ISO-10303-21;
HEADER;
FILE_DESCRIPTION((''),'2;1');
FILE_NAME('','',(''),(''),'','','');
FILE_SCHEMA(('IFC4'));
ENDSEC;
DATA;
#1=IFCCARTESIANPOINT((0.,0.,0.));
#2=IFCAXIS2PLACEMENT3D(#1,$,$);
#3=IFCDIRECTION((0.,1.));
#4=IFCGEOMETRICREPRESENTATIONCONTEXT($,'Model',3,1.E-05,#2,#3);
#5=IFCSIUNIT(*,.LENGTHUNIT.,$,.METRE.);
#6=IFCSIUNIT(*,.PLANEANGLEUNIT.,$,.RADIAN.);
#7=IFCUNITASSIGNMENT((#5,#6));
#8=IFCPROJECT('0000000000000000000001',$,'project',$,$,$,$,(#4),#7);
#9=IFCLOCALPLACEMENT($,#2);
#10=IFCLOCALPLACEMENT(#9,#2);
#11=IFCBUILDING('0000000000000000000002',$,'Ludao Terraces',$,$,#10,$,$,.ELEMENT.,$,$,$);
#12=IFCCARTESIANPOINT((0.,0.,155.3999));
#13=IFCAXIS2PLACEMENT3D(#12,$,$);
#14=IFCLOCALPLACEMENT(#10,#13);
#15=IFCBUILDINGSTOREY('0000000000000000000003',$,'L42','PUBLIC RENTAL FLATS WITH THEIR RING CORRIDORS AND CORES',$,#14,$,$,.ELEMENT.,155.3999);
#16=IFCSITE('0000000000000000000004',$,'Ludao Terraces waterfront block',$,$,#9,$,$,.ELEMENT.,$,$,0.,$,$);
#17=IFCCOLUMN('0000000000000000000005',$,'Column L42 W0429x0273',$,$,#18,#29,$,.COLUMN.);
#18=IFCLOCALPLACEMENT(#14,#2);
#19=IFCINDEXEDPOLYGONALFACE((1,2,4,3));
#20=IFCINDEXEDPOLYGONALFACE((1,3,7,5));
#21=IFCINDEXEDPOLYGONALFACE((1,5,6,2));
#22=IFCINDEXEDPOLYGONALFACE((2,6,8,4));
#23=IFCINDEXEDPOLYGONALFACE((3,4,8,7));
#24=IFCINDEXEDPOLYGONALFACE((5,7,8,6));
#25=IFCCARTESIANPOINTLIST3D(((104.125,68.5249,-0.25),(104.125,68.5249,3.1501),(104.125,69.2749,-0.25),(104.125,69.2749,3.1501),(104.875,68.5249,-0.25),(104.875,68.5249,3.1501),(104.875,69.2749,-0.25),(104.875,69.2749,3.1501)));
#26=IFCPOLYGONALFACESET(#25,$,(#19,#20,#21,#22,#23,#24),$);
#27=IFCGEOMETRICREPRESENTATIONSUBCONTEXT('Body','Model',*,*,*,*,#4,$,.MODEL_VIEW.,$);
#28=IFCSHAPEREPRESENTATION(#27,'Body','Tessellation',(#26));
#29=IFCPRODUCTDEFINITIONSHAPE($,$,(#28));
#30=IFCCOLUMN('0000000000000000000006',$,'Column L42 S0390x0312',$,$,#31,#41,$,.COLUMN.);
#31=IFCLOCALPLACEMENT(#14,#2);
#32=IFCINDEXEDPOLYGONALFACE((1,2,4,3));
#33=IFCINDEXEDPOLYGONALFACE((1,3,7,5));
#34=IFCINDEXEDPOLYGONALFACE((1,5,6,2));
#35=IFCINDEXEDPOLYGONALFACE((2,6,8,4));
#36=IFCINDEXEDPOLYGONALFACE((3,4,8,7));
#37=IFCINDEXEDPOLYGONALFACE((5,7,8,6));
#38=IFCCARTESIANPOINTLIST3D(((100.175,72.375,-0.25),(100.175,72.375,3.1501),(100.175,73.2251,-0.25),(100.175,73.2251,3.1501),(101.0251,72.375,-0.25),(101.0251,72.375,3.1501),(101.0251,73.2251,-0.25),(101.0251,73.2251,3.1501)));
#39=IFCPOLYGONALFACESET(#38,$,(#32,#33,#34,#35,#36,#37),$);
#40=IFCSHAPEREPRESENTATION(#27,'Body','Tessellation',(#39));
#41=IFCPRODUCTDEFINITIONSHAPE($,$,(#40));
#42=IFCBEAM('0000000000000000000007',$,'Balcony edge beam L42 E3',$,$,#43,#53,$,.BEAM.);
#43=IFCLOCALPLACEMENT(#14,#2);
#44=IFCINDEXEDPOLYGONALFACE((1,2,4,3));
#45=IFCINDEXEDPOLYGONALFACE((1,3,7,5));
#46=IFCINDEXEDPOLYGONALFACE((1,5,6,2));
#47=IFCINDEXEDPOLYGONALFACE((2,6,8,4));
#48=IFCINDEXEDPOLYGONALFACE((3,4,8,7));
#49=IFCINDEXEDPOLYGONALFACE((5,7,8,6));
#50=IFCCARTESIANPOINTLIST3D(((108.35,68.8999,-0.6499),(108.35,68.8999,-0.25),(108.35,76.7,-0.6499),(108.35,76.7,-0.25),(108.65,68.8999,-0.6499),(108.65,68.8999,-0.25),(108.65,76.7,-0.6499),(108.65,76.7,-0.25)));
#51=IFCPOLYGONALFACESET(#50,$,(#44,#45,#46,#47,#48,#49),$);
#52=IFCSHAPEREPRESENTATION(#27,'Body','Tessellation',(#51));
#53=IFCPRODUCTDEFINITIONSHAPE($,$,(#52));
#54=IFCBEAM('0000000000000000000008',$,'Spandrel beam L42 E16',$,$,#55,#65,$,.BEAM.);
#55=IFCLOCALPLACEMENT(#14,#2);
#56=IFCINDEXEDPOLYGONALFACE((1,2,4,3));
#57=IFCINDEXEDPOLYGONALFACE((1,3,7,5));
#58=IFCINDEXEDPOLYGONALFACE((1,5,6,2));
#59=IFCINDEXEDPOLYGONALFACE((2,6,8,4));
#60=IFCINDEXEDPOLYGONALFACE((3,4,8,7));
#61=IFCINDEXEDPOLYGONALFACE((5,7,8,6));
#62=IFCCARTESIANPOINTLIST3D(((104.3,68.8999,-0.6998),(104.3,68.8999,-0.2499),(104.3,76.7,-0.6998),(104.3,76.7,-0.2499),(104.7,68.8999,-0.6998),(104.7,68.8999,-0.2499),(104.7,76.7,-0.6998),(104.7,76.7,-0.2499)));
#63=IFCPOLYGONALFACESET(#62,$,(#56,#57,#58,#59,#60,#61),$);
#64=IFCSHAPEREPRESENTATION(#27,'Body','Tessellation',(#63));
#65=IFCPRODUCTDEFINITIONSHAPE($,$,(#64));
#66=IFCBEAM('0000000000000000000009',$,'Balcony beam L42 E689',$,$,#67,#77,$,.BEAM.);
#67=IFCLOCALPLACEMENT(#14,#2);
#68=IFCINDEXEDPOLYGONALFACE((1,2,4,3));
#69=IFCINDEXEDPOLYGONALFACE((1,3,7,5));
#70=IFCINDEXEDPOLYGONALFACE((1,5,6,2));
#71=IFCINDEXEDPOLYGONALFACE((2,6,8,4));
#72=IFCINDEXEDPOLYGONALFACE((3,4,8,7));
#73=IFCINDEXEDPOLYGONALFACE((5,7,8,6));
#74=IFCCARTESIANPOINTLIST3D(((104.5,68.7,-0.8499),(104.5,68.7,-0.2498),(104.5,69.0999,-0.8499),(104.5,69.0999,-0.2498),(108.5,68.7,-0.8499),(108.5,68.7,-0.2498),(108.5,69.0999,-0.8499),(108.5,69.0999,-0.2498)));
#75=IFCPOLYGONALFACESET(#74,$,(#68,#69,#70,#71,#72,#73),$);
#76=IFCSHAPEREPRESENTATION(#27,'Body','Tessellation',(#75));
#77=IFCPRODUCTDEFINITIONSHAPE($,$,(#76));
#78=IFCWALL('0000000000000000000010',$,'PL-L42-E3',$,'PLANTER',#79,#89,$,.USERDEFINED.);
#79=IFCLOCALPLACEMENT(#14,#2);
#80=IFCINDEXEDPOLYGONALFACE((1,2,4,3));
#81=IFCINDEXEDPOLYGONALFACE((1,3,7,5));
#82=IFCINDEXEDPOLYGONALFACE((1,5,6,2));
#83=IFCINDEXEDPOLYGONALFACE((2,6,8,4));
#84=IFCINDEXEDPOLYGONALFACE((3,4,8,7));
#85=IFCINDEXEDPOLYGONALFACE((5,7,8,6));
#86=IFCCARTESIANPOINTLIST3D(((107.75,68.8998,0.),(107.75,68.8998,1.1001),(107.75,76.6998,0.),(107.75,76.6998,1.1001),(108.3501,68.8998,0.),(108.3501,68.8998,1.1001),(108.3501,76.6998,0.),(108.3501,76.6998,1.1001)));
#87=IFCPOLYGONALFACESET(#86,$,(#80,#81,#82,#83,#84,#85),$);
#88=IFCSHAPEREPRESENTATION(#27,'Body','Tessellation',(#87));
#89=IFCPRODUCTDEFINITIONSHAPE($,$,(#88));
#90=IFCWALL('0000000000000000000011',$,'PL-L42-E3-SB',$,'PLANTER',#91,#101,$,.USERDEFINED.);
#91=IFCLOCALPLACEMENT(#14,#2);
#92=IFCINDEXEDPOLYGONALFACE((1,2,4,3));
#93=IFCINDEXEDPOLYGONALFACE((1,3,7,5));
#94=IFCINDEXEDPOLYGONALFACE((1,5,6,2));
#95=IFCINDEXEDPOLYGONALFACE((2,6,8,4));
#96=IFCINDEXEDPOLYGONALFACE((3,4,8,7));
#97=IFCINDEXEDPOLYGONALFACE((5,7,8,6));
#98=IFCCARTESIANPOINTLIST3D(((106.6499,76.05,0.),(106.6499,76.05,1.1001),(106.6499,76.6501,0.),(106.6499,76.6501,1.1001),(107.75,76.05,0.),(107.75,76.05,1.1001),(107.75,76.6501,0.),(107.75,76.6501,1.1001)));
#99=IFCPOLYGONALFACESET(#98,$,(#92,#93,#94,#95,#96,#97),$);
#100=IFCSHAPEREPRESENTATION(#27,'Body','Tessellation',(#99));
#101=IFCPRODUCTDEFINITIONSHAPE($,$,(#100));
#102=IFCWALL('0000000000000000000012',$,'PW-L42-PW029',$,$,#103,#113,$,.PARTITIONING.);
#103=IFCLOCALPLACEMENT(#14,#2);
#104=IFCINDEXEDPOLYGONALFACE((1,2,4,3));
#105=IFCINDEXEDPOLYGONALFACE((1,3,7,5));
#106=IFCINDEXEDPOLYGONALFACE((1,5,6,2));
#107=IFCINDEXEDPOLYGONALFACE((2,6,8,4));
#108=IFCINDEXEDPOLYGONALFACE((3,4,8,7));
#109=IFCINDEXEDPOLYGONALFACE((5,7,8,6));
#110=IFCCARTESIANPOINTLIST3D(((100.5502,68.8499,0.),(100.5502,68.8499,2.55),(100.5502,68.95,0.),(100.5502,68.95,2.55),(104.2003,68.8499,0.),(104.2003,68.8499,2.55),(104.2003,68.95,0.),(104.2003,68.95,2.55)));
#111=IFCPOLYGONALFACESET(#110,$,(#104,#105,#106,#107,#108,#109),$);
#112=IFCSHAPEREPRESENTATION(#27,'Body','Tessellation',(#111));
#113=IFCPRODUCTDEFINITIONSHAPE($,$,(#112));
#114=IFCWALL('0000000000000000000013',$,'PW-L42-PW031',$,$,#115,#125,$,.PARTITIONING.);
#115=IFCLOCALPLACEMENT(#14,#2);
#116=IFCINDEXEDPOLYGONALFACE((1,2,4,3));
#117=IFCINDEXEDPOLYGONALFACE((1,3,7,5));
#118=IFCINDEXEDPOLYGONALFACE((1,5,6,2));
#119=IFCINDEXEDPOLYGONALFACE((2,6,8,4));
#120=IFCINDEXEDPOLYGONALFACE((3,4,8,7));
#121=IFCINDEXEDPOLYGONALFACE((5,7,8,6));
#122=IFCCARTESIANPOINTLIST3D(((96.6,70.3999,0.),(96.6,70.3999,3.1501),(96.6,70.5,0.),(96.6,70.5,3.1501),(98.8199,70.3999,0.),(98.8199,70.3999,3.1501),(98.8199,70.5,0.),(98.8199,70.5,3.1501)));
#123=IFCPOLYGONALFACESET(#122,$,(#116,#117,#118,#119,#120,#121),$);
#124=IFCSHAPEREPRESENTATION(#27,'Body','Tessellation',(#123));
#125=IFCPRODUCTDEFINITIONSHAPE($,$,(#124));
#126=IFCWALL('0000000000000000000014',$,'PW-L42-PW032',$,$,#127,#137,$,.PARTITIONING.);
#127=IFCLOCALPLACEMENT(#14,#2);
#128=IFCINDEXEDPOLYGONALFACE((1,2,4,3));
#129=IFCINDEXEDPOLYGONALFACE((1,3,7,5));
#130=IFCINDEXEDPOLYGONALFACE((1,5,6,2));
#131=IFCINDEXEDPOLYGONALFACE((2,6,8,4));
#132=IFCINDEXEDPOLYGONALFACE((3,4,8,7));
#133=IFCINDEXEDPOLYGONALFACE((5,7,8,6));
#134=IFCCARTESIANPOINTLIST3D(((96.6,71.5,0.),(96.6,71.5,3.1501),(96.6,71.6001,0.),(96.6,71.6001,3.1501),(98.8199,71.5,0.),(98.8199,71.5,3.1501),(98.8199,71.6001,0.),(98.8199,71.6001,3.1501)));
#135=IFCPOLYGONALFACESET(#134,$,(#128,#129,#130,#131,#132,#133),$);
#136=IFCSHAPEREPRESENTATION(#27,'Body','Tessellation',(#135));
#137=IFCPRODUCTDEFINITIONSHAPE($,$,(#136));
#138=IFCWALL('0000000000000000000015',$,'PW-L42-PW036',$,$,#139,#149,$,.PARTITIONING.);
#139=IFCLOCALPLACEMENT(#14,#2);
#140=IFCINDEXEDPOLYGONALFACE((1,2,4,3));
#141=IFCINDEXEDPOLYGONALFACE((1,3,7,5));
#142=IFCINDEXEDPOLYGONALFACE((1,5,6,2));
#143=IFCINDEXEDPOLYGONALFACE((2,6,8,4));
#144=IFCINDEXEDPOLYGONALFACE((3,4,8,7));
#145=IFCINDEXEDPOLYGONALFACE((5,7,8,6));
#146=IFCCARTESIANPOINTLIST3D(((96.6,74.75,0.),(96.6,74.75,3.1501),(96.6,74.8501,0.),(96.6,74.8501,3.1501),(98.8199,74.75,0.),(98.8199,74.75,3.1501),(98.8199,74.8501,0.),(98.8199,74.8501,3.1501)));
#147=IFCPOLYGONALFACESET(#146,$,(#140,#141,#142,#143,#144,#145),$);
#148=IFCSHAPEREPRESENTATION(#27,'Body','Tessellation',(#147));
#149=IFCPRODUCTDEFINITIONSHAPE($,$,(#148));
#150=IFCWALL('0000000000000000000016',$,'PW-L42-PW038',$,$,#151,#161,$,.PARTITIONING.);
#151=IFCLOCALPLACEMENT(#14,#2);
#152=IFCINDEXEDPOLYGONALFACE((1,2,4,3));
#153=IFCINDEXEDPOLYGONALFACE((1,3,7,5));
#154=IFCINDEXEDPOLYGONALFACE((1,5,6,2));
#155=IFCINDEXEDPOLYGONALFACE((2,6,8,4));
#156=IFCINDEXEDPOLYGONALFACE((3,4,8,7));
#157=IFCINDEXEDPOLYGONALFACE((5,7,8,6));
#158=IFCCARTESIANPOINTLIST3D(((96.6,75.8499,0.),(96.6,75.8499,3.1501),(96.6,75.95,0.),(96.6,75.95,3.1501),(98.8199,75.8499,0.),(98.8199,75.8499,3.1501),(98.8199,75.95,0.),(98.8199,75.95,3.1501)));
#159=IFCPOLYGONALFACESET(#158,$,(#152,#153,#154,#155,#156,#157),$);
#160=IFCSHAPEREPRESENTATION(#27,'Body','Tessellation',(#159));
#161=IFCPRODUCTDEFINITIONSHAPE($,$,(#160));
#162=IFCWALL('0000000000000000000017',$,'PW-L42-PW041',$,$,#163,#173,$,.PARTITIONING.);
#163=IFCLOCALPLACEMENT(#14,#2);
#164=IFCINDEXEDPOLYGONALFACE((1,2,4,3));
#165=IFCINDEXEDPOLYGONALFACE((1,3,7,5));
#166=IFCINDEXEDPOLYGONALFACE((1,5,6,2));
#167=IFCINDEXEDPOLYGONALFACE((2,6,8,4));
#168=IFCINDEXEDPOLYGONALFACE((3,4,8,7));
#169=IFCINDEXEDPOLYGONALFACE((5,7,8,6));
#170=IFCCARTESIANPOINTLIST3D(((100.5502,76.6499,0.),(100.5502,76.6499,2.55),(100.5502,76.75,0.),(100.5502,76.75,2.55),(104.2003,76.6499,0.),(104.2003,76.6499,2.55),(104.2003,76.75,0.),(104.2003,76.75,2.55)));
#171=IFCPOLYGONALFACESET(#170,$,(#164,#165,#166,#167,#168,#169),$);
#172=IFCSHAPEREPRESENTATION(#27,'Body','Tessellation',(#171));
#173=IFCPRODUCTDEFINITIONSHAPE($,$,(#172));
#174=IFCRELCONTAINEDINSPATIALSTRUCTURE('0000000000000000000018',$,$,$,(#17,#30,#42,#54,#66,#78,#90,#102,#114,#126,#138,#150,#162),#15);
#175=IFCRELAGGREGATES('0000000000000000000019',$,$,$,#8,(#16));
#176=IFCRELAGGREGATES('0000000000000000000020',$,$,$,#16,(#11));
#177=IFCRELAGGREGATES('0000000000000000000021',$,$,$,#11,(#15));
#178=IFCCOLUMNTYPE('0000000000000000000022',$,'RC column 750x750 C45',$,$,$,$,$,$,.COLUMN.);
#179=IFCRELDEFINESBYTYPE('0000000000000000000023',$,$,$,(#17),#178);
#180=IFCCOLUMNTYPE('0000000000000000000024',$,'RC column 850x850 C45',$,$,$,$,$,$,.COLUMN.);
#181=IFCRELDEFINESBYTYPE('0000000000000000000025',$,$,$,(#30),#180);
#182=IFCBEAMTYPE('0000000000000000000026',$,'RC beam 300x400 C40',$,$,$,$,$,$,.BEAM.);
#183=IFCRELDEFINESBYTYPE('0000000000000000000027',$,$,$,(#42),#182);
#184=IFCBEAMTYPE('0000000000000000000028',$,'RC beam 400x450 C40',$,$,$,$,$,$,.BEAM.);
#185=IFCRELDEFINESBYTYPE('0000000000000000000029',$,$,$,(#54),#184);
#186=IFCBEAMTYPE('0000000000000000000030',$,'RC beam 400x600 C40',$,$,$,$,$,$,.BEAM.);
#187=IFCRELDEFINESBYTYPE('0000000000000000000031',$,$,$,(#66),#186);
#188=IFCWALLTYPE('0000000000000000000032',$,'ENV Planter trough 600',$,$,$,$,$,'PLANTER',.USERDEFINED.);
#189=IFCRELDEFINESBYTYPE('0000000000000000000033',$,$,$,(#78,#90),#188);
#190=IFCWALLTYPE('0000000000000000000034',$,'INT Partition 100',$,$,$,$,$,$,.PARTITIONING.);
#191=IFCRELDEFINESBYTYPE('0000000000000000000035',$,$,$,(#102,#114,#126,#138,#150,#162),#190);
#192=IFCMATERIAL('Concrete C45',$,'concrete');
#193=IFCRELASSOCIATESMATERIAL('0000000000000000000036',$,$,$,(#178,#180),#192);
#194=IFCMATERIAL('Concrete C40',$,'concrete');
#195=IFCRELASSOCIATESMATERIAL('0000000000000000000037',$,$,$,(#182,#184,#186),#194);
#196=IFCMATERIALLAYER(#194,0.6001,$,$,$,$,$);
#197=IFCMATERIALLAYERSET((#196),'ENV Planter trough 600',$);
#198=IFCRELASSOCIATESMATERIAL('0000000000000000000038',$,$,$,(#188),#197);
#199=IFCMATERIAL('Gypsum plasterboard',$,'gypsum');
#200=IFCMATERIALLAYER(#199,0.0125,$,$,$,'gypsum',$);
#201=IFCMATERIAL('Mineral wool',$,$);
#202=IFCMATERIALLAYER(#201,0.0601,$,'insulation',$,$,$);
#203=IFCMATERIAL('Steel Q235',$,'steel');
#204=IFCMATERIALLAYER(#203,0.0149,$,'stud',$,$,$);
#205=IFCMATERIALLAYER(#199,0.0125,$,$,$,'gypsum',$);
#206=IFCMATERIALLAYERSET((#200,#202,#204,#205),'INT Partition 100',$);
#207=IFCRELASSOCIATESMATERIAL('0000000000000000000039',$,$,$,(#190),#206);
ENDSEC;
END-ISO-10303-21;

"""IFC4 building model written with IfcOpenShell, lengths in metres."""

from ifc_helpers import new_model, si_unit, direction, frame, frame_2d, origin, origin_2d, place, context, subcontext, project, spatial, rectangle, extrude, material, layer, layer_set, material_profile, profile_set, type_object, element, save


model = new_model("IFC4")

# Units and contexts
model_context = context("Model", 3, precision=1e-05, world=origin(), true_north=direction((0.0, 1.0)))
body_context = subcontext(model_context, "Body", "Model", "MODEL_VIEW")
ifc_project = project(units=[si_unit("LENGTHUNIT", "METRE"), si_unit("PLANEANGLEUNIT", "RADIAN")], contexts=[model_context])

# Site, building, storey
site_placement = place(None, origin())
site = spatial("IfcSite", under=ifc_project, at=site_placement, Name="Ludao Terraces waterfront block", CompositionType="ELEMENT", RefElevation=0.0)
building_placement = place(site_placement, origin())
building = spatial("IfcBuilding", under=site, at=building_placement, Name="Ludao Terraces", CompositionType="ELEMENT")
storey_placement = place(building_placement, frame((0.0, 0.0, 155.3999)))
storey = spatial("IfcBuildingStorey", under=building, at=storey_placement, Name="L42", Description="PUBLIC RENTAL FLATS WITH THEIR RING CORRIDORS AND CORES", CompositionType="ELEMENT", Elevation=155.3999)

# Columns
ifc_material_1 = material(Name="Concrete C45", Category="concrete")
ifc_material_profile_1 = material_profile(ifc_material_1, rectangle(XDim=0.75, YDim=0.75, at=origin_2d()), Name="750 X 750")
ifc_profile_set_1 = profile_set([ifc_material_profile_1], Name="Concrete C45")
column_type_1 = type_object("IfcColumnType", Name="RC column 750x750 C45", PredefinedType="COLUMN", material=ifc_profile_set_1)
column_1_placement = place(storey_placement, frame((104.5, 68.8999, -0.25), z_axis=(0.0, 0.0, 1.0), x_axis=(1.0, 0.0, 0.0)))
element("IfcColumn", 1, at=column_1_placement, inside=storey, type_object=column_type_1, Name="Column L42 W0429x0273", PredefinedType="COLUMN", context=body_context, shape_type="SweptSolid", body=[
    extrude(rectangle(XDim=0.75, YDim=0.75, at=origin_2d()), origin(), (0.0, 0.0, 1.0), 3.4001),
])
ifc_material_profile_2 = material_profile(ifc_material_1, rectangle(XDim=0.8501, YDim=0.8501, at=origin_2d()), Name="850 X 850")
ifc_profile_set_2 = profile_set([ifc_material_profile_2], Name="Concrete C45")
column_type_2 = type_object("IfcColumnType", Name="RC column 850x850 C45", PredefinedType="COLUMN", material=ifc_profile_set_2)
column_2_placement = place(storey_placement, frame((100.6001, 72.8, -0.25), z_axis=(0.0, 0.0, 1.0), x_axis=(1.0, 0.0, 0.0)))
element("IfcColumn", 2, at=column_2_placement, inside=storey, type_object=column_type_2, Name="Column L42 S0390x0312", PredefinedType="COLUMN", context=body_context, shape_type="SweptSolid", body=[
    extrude(rectangle(XDim=0.8501, YDim=0.8501, at=origin_2d()), origin(), (0.0, 0.0, 1.0), 3.4001),
])

# Beams
ifc_material_2 = material(Name="Concrete C40", Category="concrete")
ifc_material_profile_3 = material_profile(ifc_material_2, rectangle(XDim=0.3, YDim=0.3999, at=origin_2d()), Name="300 X 400")
ifc_profile_set_3 = profile_set([ifc_material_profile_3], Name="Concrete C40")
beam_type_1 = type_object("IfcBeamType", Name="RC beam 300x400 C40", PredefinedType="BEAM", material=ifc_profile_set_3)
beam_1_placement = place(storey_placement, frame((108.5, 68.8999, -0.45), z_axis=(0.0, 1.0, 0.0), x_axis=(-1.0, 0.0, 0.0)))
element("IfcBeam", 3, at=beam_1_placement, inside=storey, type_object=beam_type_1, Name="Balcony edge beam L42 E3", PredefinedType="BEAM", context=body_context, shape_type="SweptSolid", body=[
    extrude(rectangle(XDim=0.3, YDim=0.3999, at=origin_2d()), origin(), (0.0, 0.0, 1.0), 7.8),
])
ifc_material_profile_4 = material_profile(ifc_material_2, rectangle(XDim=0.3999, YDim=0.45, at=origin_2d()), Name="400 X 450")
ifc_profile_set_4 = profile_set([ifc_material_profile_4], Name="Concrete C40")
beam_type_2 = type_object("IfcBeamType", Name="RC beam 400x450 C40", PredefinedType="BEAM", material=ifc_profile_set_4)
beam_2_placement = place(storey_placement, frame((104.5, 68.8999, -0.4749), z_axis=(0.0, 1.0, 0.0), x_axis=(-1.0, 0.0, 0.0)))
element("IfcBeam", 4, at=beam_2_placement, inside=storey, type_object=beam_type_2, Name="Spandrel beam L42 E16", PredefinedType="BEAM", context=body_context, shape_type="SweptSolid", body=[
    extrude(rectangle(XDim=0.3999, YDim=0.45, at=origin_2d()), origin(), (0.0, 0.0, 1.0), 7.8),
])
ifc_material_profile_5 = material_profile(ifc_material_2, rectangle(XDim=0.3999, YDim=0.6001, at=origin_2d()), Name="400 X 600")
ifc_profile_set_5 = profile_set([ifc_material_profile_5], Name="Concrete C40")
beam_type_3 = type_object("IfcBeamType", Name="RC beam 400x600 C40", PredefinedType="BEAM", material=ifc_profile_set_5)
beam_3_placement = place(storey_placement, frame((104.5, 68.8999, -0.5498), z_axis=(1.0, 0.0, 0.0), x_axis=(0.0, 1.0, 0.0)))
element("IfcBeam", 5, at=beam_3_placement, inside=storey, type_object=beam_type_3, Name="Balcony beam L42 E689", PredefinedType="BEAM", context=body_context, shape_type="SweptSolid", body=[
    extrude(rectangle(XDim=0.3999, YDim=0.6001, at=origin_2d()), origin(), (0.0, 0.0, 1.0), 4.0),
])

# Walls
ifc_layer_1 = layer(ifc_material_2, 0.6001)
ifc_layer_set_1 = layer_set([ifc_layer_1], Name="ENV Planter trough 600")
wall_type_1 = type_object("IfcWallType", Name="ENV Planter trough 600", ElementType="PLANTER", PredefinedType="USERDEFINED", material=ifc_layer_set_1)
wall_1_placement = place(storey_placement, frame((108.05, 68.8999, 0.0), z_axis=(0.0, 0.0, 1.0), x_axis=(0.0, 1.0, 0.0)))
element("IfcWall", 6, at=wall_1_placement, inside=storey, type_object=wall_type_1, Name="PL-L42-E3", ObjectType="PLANTER", PredefinedType="USERDEFINED", context=body_context, shape_type="SweptSolid", body=[
    extrude(rectangle(XDim=7.8, YDim=0.6001, at=frame_2d((3.8999, 0.0))), origin(), (0.0, 0.0, 1.0), 1.1001),
])
wall_2_placement = place(storey_placement, frame((107.75, 76.3501, 0.0), z_axis=(0.0, 0.0, 1.0), x_axis=(-1.0, 0.0, 0.0)))
element("IfcWall", 7, at=wall_2_placement, inside=storey, type_object=wall_type_1, Name="PL-L42-E3-SB", ObjectType="PLANTER", PredefinedType="USERDEFINED", context=body_context, shape_type="SweptSolid", body=[
    extrude(rectangle(XDim=1.1001, YDim=0.6001, at=frame_2d((0.55, 0.0))), origin(), (0.0, 0.0, 1.0), 1.1001),
])

# Shared definitions
ifc_material_3 = material(Name="Mineral wool")

# Walls
ifc_material_4 = material(Name="Gypsum plasterboard", Category="gypsum")
ifc_layer_2 = layer(ifc_material_4, 0.0125, Category="gypsum")
ifc_layer_3 = layer(ifc_material_3, 0.0601, Name="insulation")
ifc_material_5 = material(Name="Steel Q235", Category="steel")
ifc_layer_4 = layer(ifc_material_5, 0.0149, Name="stud")
ifc_layer_5 = layer(ifc_material_4, 0.0125, Category="gypsum")
ifc_layer_set_2 = layer_set([ifc_layer_2, ifc_layer_3, ifc_layer_4, ifc_layer_5], Name="INT Partition 100")
wall_type_2 = type_object("IfcWallType", Name="INT Partition 100", PredefinedType="PARTITIONING", material=ifc_layer_set_2)
wall_3_placement = place(storey_placement, frame((100.55, 68.8999, 0.0), z_axis=(0.0, 0.0, 1.0), x_axis=(1.0, 0.0, 0.0)))
element("IfcWall", 8, at=wall_3_placement, inside=storey, type_object=wall_type_2, Name="PW-L42-PW029", PredefinedType="PARTITIONING", context=body_context, shape_type="SweptSolid", body=[
    extrude(rectangle(XDim=3.6501, YDim=0.1001, at=frame_2d((1.8252, 0.0))), origin(), (0.0, 0.0, 1.0), 2.55),
])
for number, where, z_axis, x_axis, name in (
    (9, (96.6001, 70.45, 0.0), (0.0, 0.0, 1.0), (1.0, 0.0, 0.0), "PW-L42-PW031"),
    (10, (96.6001, 71.55, 0.0), (0.0, 0.0, 1.0), (1.0, 0.0, 0.0), "PW-L42-PW032"),
    (11, (96.6001, 74.8, 0.0), (0.0, 0.0, 1.0), (1.0, 0.0, 0.0), "PW-L42-PW036"),
    (12, (96.6001, 75.8999, 0.0), (0.0, 0.0, 1.0), (1.0, 0.0, 0.0), "PW-L42-PW038"),
):
    element("IfcWall", number, at=place(storey_placement, frame(where, z_axis=z_axis, x_axis=x_axis)), inside=storey, type_object=wall_type_2, Name=name, PredefinedType="PARTITIONING", context=body_context, shape_type="SweptSolid", body=[
        extrude(rectangle(XDim=2.22, YDim=0.1001, at=frame_2d((1.1099, 0.0))), origin(), (0.0, 0.0, 1.0), 3.1501),
    ])
wall_4_placement = place(storey_placement, frame((100.55, 76.7, 0.0), z_axis=(0.0, 0.0, 1.0), x_axis=(1.0, 0.0, 0.0)))
element("IfcWall", 13, at=wall_4_placement, inside=storey, type_object=wall_type_2, Name="PW-L42-PW041", PredefinedType="PARTITIONING", context=body_context, shape_type="SweptSolid", body=[
    extrude(rectangle(XDim=3.6501, YDim=0.1001, at=frame_2d((1.8252, 0.0))), origin(), (0.0, 0.0, 1.0), 2.55),
])

save(model, "model.ifc")
